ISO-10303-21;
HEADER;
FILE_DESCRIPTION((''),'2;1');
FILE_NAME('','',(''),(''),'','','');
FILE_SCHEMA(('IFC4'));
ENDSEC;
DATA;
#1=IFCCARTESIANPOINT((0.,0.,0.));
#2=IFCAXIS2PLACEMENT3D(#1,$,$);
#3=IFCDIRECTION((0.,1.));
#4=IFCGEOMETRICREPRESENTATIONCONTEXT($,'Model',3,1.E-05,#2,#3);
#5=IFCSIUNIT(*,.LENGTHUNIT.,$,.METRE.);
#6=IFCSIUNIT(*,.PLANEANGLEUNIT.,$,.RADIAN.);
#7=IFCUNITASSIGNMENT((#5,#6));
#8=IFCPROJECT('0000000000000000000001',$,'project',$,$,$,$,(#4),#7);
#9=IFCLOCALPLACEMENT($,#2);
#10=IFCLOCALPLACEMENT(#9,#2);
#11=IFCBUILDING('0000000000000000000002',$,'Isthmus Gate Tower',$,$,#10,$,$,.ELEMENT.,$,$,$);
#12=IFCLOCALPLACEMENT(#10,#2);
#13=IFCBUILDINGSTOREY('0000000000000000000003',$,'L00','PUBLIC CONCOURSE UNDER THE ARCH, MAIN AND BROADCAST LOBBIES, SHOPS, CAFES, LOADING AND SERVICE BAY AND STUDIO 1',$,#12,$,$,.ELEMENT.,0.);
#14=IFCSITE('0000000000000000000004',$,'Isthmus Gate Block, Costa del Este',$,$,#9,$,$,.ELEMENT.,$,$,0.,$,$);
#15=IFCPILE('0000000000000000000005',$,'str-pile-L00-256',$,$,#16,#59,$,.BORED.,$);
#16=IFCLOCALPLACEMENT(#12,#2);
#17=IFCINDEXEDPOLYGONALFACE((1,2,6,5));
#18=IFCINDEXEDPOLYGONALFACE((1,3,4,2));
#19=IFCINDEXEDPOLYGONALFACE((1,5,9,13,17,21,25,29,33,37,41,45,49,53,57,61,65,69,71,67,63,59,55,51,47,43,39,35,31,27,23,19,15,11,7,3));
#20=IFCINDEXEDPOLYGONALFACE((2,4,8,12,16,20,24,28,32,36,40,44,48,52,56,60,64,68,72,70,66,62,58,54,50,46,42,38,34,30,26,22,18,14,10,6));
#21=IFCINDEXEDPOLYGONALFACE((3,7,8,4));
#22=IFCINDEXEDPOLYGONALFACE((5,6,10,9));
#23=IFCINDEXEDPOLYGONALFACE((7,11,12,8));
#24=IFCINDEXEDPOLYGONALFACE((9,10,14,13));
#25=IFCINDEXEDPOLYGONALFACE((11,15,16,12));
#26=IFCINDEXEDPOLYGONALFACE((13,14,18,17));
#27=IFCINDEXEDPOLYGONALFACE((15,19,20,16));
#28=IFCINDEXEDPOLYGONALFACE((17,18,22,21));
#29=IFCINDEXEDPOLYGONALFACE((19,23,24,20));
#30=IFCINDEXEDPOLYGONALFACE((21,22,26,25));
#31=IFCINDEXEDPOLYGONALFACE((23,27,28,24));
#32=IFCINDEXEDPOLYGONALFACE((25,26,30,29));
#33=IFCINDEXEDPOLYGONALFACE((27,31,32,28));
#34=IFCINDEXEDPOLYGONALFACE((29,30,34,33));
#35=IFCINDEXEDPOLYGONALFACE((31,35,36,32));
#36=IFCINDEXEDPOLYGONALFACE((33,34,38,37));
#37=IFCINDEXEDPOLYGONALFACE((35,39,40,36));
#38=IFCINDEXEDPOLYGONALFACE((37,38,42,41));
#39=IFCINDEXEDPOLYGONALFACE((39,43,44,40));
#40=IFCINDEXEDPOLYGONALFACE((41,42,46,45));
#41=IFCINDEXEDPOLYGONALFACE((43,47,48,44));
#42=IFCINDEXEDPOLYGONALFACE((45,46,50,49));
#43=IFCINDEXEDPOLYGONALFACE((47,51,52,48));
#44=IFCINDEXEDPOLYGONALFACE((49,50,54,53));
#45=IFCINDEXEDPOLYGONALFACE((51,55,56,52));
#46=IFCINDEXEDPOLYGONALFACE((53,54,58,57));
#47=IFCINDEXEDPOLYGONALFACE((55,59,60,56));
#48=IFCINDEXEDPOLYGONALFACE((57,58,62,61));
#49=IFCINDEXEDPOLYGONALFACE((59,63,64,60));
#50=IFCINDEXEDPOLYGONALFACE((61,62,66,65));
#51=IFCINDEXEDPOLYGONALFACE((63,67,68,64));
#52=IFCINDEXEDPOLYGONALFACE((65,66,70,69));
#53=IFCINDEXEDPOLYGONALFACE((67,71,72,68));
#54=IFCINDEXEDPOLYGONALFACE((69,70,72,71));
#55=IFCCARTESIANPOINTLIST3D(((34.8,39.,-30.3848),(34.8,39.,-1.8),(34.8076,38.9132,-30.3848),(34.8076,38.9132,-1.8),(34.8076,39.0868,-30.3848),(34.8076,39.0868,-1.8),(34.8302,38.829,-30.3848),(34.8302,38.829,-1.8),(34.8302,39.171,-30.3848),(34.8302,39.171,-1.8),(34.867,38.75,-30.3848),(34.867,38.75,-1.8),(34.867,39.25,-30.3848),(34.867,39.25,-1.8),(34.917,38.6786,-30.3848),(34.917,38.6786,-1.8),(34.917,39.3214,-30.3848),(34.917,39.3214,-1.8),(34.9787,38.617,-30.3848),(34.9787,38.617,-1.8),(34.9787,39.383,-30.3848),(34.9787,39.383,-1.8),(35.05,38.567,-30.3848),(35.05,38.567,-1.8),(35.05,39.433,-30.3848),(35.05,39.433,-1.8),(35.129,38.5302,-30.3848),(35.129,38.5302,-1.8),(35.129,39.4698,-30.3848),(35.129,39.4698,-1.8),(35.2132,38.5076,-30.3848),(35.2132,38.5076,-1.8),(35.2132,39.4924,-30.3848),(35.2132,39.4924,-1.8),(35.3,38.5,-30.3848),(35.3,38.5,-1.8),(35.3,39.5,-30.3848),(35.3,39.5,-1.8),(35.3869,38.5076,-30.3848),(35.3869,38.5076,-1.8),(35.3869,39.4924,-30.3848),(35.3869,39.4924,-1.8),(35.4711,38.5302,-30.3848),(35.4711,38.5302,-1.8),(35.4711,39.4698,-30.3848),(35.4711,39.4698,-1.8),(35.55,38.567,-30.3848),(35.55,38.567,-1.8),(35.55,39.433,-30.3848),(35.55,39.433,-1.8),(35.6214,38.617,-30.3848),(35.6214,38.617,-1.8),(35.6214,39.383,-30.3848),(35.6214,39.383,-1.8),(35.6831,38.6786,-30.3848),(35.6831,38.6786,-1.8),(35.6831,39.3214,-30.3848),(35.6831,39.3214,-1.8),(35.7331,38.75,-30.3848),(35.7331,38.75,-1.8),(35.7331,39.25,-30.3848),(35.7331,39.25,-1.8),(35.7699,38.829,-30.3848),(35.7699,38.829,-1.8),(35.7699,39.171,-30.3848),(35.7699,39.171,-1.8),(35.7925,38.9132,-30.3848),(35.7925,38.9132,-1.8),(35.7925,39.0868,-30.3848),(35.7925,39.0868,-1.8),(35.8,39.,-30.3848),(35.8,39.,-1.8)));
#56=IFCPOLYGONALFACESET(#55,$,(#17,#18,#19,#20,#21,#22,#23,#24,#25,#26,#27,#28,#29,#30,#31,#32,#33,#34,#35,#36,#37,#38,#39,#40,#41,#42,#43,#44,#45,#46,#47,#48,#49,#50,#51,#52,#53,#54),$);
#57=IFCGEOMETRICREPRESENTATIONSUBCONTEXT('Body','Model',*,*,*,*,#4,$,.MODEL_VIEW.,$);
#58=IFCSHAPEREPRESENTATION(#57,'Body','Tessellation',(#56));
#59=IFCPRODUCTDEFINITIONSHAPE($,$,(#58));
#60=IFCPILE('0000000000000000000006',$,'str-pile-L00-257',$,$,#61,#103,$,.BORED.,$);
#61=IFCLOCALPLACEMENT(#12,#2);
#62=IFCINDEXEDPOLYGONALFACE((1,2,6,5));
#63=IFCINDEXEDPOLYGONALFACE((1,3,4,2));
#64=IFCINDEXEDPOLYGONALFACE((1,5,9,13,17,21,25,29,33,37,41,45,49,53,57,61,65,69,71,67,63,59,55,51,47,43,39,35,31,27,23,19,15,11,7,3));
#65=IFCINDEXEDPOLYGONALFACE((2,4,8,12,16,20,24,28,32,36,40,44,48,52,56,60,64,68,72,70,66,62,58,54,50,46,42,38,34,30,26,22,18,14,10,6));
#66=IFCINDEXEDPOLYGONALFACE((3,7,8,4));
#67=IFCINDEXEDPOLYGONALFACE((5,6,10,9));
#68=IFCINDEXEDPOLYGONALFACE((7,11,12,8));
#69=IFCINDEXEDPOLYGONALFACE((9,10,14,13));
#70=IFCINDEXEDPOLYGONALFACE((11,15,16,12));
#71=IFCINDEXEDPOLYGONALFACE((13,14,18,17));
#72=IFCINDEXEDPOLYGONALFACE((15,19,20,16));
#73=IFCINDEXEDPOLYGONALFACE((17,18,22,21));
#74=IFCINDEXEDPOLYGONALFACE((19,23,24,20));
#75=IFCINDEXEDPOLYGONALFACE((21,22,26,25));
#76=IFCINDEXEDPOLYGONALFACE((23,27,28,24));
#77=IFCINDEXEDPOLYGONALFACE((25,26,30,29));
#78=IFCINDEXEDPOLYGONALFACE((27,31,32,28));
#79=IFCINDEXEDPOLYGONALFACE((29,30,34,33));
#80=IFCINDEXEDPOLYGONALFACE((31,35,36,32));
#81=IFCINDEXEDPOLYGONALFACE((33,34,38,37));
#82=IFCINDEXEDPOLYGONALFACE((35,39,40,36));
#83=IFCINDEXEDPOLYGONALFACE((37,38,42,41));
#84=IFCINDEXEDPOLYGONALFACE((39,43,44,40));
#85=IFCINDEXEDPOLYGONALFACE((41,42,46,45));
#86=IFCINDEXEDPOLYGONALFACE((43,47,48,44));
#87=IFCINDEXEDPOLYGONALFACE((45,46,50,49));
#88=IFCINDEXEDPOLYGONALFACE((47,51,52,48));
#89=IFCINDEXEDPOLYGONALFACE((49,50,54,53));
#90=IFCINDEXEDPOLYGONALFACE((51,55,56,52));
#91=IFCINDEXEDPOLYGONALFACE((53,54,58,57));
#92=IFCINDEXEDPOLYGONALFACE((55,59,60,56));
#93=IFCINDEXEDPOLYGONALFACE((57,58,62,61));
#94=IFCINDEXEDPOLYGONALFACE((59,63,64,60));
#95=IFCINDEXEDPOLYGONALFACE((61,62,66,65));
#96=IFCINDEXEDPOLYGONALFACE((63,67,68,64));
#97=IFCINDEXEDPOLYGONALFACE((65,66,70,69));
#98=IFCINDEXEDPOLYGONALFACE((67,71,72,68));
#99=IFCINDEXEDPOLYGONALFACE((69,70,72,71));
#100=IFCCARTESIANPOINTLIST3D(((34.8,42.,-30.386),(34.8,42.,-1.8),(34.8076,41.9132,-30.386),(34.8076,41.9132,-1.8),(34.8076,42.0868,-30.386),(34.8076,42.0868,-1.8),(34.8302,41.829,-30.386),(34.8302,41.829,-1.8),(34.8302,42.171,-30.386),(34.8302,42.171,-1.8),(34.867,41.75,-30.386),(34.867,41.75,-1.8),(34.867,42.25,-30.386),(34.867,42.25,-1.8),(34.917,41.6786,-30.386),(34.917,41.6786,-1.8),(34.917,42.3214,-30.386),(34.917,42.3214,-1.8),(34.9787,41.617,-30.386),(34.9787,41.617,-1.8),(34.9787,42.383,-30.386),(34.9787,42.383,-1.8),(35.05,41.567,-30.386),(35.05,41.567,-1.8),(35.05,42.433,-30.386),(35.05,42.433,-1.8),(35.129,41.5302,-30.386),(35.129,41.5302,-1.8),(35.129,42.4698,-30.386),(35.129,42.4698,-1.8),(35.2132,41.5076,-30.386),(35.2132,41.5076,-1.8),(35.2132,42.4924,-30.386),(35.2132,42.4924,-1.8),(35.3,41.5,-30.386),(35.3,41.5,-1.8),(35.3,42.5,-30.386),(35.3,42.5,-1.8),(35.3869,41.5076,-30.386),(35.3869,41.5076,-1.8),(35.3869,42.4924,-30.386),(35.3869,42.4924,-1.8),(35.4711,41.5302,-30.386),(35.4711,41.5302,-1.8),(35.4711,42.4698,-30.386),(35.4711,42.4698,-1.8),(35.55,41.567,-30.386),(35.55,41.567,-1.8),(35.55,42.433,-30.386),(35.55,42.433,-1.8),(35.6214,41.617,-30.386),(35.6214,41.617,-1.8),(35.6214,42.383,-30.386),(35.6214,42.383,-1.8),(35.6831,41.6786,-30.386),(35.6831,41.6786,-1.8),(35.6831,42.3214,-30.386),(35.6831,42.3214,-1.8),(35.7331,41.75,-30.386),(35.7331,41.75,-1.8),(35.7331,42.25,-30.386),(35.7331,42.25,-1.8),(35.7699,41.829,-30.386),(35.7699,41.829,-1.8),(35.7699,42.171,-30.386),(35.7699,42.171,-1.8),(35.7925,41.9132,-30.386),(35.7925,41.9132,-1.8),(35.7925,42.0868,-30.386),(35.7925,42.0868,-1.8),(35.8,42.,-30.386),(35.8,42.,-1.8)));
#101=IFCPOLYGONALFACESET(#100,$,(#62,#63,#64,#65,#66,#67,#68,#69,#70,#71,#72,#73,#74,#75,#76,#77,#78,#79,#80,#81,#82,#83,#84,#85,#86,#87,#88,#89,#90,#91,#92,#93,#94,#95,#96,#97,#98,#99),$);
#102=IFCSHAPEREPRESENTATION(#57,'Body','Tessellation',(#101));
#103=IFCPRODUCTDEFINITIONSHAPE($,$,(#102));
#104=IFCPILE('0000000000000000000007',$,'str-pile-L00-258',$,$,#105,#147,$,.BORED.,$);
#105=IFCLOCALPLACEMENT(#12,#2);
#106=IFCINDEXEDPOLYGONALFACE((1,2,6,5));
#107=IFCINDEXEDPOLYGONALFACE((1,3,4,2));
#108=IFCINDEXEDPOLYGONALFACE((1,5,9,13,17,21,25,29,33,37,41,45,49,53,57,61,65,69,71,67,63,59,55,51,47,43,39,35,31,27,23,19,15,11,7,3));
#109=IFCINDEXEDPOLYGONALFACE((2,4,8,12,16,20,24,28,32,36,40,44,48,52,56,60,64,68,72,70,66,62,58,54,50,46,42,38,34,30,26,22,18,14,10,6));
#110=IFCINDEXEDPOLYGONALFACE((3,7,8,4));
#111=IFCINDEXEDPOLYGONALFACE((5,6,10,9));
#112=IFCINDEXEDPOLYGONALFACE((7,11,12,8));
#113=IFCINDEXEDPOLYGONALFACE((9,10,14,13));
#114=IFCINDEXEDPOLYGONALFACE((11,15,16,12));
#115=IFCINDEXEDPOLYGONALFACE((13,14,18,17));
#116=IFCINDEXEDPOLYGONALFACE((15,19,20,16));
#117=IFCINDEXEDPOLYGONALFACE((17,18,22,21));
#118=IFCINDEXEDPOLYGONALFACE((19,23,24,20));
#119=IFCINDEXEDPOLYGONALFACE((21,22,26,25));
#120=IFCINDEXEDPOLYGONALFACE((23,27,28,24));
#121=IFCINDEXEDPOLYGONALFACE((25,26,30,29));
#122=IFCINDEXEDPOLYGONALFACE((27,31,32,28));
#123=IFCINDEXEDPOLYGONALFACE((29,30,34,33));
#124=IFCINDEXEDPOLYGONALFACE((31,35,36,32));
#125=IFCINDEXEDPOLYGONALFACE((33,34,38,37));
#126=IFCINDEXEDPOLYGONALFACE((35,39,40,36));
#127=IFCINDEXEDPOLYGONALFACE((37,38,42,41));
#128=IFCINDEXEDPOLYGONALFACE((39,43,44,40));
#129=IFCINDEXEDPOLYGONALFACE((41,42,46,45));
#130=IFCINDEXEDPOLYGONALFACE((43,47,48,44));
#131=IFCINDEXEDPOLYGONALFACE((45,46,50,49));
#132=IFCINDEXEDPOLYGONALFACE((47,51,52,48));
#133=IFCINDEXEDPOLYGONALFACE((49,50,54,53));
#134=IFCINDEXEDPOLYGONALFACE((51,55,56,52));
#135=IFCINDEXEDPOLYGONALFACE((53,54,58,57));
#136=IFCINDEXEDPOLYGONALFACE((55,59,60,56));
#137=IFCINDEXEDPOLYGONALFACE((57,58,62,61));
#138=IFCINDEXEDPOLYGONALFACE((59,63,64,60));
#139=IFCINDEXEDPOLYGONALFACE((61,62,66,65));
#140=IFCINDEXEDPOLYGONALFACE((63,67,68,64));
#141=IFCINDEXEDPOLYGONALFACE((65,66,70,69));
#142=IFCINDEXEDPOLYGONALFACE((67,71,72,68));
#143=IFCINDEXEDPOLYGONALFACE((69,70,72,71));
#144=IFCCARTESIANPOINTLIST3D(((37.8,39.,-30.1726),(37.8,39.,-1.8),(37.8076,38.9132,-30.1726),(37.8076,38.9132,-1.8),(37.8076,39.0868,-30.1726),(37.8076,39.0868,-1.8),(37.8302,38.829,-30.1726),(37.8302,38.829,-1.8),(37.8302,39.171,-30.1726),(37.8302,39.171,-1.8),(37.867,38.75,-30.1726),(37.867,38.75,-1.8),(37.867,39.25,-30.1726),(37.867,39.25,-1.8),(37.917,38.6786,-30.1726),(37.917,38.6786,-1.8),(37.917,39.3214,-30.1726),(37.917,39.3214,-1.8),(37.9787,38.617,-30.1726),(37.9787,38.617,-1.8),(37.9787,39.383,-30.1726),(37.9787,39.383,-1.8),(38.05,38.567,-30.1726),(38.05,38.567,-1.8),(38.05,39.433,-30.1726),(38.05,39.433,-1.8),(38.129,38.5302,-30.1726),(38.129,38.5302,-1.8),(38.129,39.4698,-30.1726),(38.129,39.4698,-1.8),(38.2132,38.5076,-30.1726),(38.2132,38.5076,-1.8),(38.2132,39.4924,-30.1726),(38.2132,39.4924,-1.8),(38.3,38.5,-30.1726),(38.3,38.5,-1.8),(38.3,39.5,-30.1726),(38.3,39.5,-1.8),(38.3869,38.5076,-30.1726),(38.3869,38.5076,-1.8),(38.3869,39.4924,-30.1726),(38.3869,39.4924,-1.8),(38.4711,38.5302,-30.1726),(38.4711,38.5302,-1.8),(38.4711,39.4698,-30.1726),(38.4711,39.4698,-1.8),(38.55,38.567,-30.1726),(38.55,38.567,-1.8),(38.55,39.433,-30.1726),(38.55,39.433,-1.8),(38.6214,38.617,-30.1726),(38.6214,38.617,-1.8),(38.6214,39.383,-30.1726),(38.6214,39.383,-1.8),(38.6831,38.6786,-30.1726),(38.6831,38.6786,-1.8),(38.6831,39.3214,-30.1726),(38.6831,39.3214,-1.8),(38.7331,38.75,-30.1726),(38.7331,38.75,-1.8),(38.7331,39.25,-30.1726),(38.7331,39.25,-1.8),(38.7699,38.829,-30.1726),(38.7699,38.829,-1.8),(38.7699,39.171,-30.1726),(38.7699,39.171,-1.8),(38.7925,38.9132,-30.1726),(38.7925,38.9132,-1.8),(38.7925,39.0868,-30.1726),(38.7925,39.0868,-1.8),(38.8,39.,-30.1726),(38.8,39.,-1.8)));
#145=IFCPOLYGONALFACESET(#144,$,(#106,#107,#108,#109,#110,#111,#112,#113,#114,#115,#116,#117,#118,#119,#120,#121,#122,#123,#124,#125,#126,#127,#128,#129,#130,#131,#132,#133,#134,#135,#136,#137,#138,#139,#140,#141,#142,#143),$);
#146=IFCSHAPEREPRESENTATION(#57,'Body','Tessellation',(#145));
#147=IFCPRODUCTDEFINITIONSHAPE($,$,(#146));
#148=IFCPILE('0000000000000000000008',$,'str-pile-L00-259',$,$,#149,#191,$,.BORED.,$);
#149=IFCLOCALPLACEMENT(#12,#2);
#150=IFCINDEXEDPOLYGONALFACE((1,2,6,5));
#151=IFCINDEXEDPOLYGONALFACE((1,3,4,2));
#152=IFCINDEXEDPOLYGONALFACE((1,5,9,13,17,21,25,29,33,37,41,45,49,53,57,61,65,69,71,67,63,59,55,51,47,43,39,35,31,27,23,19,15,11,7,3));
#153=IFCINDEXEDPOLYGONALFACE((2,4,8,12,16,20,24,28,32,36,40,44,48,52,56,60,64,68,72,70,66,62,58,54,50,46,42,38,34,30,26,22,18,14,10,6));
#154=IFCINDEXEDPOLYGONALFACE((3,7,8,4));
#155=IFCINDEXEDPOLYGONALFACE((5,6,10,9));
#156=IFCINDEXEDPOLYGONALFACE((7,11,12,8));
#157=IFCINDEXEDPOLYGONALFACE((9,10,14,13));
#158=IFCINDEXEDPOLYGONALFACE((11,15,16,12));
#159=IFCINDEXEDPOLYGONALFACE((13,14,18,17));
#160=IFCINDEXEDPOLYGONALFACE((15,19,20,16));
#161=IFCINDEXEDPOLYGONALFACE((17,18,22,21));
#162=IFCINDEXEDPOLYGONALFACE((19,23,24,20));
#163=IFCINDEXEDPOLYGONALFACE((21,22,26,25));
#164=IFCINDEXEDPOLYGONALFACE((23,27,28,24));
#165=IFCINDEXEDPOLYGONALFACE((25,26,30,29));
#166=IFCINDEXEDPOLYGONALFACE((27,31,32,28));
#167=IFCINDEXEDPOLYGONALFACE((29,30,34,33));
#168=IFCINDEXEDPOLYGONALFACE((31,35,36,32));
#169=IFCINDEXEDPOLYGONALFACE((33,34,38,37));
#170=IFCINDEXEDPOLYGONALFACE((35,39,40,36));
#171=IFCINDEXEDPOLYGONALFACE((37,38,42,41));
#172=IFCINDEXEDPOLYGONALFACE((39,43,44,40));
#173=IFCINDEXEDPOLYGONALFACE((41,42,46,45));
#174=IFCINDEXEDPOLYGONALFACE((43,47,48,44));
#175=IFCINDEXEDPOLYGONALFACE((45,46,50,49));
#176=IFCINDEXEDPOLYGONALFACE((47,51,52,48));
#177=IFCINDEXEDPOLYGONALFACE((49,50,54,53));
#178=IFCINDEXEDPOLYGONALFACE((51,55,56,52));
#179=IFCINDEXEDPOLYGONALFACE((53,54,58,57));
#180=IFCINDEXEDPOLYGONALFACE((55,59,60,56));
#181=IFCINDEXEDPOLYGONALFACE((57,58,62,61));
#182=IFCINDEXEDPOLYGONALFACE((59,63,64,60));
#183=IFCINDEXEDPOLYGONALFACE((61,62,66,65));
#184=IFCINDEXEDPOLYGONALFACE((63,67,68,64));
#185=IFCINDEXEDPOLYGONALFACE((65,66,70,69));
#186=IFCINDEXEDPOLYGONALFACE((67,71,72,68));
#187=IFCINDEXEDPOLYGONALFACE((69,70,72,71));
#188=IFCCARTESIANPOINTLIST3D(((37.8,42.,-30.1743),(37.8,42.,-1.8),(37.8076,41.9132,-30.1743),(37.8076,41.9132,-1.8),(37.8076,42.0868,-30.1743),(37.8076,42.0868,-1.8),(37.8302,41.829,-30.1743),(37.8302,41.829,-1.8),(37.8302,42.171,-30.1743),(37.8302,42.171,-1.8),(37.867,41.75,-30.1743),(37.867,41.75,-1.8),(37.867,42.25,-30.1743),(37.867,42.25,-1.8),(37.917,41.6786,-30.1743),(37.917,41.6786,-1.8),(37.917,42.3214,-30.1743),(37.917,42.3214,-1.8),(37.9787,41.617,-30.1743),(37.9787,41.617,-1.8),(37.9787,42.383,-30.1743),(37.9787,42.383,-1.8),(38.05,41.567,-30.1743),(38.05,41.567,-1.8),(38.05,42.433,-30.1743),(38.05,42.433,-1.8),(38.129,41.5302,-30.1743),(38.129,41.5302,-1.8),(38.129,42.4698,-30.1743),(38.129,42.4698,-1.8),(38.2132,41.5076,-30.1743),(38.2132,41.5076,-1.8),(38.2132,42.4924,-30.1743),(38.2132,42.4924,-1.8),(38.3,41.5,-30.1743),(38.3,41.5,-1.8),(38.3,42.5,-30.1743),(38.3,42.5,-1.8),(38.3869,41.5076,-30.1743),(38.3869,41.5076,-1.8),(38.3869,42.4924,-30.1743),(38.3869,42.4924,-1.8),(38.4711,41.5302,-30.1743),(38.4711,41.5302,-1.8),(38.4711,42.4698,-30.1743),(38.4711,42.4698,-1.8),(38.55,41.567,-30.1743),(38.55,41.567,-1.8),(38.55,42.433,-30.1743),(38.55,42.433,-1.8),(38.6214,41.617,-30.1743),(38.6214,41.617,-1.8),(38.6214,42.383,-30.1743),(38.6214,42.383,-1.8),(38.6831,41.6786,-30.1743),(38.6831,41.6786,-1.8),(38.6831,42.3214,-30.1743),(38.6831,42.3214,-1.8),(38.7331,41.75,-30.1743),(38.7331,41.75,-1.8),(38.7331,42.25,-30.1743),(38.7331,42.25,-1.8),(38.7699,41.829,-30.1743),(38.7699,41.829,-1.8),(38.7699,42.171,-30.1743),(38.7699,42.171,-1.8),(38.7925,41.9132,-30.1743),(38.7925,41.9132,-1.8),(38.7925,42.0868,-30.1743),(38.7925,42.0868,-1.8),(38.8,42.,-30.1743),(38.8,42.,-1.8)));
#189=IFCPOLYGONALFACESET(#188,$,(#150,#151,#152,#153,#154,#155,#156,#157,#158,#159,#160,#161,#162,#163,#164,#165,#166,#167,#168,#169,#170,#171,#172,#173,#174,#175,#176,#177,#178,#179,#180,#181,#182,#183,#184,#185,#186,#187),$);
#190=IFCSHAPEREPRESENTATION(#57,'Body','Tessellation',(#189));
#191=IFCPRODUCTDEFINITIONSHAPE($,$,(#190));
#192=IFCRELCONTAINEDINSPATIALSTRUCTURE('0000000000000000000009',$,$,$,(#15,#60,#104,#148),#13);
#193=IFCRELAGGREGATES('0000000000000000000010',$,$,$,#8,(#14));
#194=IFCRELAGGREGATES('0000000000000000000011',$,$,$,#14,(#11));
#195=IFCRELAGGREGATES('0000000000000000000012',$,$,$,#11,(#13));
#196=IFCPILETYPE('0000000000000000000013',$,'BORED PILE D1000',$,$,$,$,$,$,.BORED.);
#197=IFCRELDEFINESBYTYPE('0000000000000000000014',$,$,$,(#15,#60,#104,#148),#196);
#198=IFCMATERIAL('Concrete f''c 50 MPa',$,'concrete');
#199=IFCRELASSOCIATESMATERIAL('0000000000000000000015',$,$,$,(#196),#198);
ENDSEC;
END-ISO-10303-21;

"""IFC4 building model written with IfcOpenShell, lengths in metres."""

from ifc_helpers import new_model, si_unit, direction, frame, origin, origin_2d, place, context, subcontext, project, spatial, circle, extrude, material, material_profile, profile_set, type_object, element, save


model = new_model("IFC4")

# Units and contexts
model_context = context("Model", 3, precision=1e-05, world=origin(), true_north=direction((0.0, 1.0)))
body_context = subcontext(model_context, "Body", "Model", "MODEL_VIEW")
ifc_project = project(units=[si_unit("LENGTHUNIT", "METRE"), si_unit("PLANEANGLEUNIT", "RADIAN")], contexts=[model_context])

# Site, building, storey
site_placement = place(None, origin())
site = spatial("IfcSite", under=ifc_project, at=site_placement, Name="Isthmus Gate Block, Costa del Este", CompositionType="ELEMENT", RefElevation=0.0)
building_placement = place(site_placement, origin())
building = spatial("IfcBuilding", under=site, at=building_placement, Name="Isthmus Gate Tower", CompositionType="ELEMENT")
storey_placement = place(building_placement, origin())
storey = spatial("IfcBuildingStorey", under=building, at=storey_placement, Name="L00", Description="PUBLIC CONCOURSE UNDER THE ARCH, MAIN AND BROADCAST LOBBIES, SHOPS, CAFES, LOADING AND SERVICE BAY AND STUDIO 1", CompositionType="ELEMENT", Elevation=0.0)

# Piles
ifc_material_1 = material(Name="Concrete f'c 50 MPa", Category="concrete")
ifc_material_profile_1 = material_profile(ifc_material_1, circle(Radius=0.5, at=origin_2d()), Name="D1000")
ifc_profile_set_1 = profile_set([ifc_material_profile_1], Name="Concrete f'c 50 MPa")
pile_type = type_object("IfcPileType", Name="BORED PILE D1000", PredefinedType="BORED", material=ifc_profile_set_1)
pile_1_placement = place(storey_placement, frame((35.3, 39.0, -1.8), z_axis=(0.0, 0.0, -1.0), x_axis=(1.0, 0.0, 0.0)))
element("IfcPile", 1, at=pile_1_placement, inside=storey, type_object=pile_type, Name="str-pile-L00-256", PredefinedType="BORED", context=body_context, shape_type="SweptSolid", body=[
    extrude(circle(Radius=0.5, at=origin_2d()), origin(), (0.0, 0.0, 1.0), 28.5847),
])
pile_2_placement = place(storey_placement, frame((35.3, 42.0, -1.8), z_axis=(0.0, 0.0, -1.0), x_axis=(1.0, 0.0, 0.0)))
element("IfcPile", 2, at=pile_2_placement, inside=storey, type_object=pile_type, Name="str-pile-L00-257", PredefinedType="BORED", context=body_context, shape_type="SweptSolid", body=[
    extrude(circle(Radius=0.5, at=origin_2d()), origin(), (0.0, 0.0, 1.0), 28.5859),
])
pile_3_placement = place(storey_placement, frame((38.3, 39.0, -1.8), z_axis=(0.0, 0.0, -1.0), x_axis=(1.0, 0.0, 0.0)))
element("IfcPile", 3, at=pile_3_placement, inside=storey, type_object=pile_type, Name="str-pile-L00-258", PredefinedType="BORED", context=body_context, shape_type="SweptSolid", body=[
    extrude(circle(Radius=0.5, at=origin_2d()), origin(), (0.0, 0.0, 1.0), 28.3726),
])
pile_4_placement = place(storey_placement, frame((38.3, 42.0, -1.8), z_axis=(0.0, 0.0, -1.0), x_axis=(1.0, 0.0, 0.0)))
element("IfcPile", 4, at=pile_4_placement, inside=storey, type_object=pile_type, Name="str-pile-L00-259", PredefinedType="BORED", context=body_context, shape_type="SweptSolid", body=[
    extrude(circle(Radius=0.5, at=origin_2d()), origin(), (0.0, 0.0, 1.0), 28.3743),
])

save(model, "model.ifc")
